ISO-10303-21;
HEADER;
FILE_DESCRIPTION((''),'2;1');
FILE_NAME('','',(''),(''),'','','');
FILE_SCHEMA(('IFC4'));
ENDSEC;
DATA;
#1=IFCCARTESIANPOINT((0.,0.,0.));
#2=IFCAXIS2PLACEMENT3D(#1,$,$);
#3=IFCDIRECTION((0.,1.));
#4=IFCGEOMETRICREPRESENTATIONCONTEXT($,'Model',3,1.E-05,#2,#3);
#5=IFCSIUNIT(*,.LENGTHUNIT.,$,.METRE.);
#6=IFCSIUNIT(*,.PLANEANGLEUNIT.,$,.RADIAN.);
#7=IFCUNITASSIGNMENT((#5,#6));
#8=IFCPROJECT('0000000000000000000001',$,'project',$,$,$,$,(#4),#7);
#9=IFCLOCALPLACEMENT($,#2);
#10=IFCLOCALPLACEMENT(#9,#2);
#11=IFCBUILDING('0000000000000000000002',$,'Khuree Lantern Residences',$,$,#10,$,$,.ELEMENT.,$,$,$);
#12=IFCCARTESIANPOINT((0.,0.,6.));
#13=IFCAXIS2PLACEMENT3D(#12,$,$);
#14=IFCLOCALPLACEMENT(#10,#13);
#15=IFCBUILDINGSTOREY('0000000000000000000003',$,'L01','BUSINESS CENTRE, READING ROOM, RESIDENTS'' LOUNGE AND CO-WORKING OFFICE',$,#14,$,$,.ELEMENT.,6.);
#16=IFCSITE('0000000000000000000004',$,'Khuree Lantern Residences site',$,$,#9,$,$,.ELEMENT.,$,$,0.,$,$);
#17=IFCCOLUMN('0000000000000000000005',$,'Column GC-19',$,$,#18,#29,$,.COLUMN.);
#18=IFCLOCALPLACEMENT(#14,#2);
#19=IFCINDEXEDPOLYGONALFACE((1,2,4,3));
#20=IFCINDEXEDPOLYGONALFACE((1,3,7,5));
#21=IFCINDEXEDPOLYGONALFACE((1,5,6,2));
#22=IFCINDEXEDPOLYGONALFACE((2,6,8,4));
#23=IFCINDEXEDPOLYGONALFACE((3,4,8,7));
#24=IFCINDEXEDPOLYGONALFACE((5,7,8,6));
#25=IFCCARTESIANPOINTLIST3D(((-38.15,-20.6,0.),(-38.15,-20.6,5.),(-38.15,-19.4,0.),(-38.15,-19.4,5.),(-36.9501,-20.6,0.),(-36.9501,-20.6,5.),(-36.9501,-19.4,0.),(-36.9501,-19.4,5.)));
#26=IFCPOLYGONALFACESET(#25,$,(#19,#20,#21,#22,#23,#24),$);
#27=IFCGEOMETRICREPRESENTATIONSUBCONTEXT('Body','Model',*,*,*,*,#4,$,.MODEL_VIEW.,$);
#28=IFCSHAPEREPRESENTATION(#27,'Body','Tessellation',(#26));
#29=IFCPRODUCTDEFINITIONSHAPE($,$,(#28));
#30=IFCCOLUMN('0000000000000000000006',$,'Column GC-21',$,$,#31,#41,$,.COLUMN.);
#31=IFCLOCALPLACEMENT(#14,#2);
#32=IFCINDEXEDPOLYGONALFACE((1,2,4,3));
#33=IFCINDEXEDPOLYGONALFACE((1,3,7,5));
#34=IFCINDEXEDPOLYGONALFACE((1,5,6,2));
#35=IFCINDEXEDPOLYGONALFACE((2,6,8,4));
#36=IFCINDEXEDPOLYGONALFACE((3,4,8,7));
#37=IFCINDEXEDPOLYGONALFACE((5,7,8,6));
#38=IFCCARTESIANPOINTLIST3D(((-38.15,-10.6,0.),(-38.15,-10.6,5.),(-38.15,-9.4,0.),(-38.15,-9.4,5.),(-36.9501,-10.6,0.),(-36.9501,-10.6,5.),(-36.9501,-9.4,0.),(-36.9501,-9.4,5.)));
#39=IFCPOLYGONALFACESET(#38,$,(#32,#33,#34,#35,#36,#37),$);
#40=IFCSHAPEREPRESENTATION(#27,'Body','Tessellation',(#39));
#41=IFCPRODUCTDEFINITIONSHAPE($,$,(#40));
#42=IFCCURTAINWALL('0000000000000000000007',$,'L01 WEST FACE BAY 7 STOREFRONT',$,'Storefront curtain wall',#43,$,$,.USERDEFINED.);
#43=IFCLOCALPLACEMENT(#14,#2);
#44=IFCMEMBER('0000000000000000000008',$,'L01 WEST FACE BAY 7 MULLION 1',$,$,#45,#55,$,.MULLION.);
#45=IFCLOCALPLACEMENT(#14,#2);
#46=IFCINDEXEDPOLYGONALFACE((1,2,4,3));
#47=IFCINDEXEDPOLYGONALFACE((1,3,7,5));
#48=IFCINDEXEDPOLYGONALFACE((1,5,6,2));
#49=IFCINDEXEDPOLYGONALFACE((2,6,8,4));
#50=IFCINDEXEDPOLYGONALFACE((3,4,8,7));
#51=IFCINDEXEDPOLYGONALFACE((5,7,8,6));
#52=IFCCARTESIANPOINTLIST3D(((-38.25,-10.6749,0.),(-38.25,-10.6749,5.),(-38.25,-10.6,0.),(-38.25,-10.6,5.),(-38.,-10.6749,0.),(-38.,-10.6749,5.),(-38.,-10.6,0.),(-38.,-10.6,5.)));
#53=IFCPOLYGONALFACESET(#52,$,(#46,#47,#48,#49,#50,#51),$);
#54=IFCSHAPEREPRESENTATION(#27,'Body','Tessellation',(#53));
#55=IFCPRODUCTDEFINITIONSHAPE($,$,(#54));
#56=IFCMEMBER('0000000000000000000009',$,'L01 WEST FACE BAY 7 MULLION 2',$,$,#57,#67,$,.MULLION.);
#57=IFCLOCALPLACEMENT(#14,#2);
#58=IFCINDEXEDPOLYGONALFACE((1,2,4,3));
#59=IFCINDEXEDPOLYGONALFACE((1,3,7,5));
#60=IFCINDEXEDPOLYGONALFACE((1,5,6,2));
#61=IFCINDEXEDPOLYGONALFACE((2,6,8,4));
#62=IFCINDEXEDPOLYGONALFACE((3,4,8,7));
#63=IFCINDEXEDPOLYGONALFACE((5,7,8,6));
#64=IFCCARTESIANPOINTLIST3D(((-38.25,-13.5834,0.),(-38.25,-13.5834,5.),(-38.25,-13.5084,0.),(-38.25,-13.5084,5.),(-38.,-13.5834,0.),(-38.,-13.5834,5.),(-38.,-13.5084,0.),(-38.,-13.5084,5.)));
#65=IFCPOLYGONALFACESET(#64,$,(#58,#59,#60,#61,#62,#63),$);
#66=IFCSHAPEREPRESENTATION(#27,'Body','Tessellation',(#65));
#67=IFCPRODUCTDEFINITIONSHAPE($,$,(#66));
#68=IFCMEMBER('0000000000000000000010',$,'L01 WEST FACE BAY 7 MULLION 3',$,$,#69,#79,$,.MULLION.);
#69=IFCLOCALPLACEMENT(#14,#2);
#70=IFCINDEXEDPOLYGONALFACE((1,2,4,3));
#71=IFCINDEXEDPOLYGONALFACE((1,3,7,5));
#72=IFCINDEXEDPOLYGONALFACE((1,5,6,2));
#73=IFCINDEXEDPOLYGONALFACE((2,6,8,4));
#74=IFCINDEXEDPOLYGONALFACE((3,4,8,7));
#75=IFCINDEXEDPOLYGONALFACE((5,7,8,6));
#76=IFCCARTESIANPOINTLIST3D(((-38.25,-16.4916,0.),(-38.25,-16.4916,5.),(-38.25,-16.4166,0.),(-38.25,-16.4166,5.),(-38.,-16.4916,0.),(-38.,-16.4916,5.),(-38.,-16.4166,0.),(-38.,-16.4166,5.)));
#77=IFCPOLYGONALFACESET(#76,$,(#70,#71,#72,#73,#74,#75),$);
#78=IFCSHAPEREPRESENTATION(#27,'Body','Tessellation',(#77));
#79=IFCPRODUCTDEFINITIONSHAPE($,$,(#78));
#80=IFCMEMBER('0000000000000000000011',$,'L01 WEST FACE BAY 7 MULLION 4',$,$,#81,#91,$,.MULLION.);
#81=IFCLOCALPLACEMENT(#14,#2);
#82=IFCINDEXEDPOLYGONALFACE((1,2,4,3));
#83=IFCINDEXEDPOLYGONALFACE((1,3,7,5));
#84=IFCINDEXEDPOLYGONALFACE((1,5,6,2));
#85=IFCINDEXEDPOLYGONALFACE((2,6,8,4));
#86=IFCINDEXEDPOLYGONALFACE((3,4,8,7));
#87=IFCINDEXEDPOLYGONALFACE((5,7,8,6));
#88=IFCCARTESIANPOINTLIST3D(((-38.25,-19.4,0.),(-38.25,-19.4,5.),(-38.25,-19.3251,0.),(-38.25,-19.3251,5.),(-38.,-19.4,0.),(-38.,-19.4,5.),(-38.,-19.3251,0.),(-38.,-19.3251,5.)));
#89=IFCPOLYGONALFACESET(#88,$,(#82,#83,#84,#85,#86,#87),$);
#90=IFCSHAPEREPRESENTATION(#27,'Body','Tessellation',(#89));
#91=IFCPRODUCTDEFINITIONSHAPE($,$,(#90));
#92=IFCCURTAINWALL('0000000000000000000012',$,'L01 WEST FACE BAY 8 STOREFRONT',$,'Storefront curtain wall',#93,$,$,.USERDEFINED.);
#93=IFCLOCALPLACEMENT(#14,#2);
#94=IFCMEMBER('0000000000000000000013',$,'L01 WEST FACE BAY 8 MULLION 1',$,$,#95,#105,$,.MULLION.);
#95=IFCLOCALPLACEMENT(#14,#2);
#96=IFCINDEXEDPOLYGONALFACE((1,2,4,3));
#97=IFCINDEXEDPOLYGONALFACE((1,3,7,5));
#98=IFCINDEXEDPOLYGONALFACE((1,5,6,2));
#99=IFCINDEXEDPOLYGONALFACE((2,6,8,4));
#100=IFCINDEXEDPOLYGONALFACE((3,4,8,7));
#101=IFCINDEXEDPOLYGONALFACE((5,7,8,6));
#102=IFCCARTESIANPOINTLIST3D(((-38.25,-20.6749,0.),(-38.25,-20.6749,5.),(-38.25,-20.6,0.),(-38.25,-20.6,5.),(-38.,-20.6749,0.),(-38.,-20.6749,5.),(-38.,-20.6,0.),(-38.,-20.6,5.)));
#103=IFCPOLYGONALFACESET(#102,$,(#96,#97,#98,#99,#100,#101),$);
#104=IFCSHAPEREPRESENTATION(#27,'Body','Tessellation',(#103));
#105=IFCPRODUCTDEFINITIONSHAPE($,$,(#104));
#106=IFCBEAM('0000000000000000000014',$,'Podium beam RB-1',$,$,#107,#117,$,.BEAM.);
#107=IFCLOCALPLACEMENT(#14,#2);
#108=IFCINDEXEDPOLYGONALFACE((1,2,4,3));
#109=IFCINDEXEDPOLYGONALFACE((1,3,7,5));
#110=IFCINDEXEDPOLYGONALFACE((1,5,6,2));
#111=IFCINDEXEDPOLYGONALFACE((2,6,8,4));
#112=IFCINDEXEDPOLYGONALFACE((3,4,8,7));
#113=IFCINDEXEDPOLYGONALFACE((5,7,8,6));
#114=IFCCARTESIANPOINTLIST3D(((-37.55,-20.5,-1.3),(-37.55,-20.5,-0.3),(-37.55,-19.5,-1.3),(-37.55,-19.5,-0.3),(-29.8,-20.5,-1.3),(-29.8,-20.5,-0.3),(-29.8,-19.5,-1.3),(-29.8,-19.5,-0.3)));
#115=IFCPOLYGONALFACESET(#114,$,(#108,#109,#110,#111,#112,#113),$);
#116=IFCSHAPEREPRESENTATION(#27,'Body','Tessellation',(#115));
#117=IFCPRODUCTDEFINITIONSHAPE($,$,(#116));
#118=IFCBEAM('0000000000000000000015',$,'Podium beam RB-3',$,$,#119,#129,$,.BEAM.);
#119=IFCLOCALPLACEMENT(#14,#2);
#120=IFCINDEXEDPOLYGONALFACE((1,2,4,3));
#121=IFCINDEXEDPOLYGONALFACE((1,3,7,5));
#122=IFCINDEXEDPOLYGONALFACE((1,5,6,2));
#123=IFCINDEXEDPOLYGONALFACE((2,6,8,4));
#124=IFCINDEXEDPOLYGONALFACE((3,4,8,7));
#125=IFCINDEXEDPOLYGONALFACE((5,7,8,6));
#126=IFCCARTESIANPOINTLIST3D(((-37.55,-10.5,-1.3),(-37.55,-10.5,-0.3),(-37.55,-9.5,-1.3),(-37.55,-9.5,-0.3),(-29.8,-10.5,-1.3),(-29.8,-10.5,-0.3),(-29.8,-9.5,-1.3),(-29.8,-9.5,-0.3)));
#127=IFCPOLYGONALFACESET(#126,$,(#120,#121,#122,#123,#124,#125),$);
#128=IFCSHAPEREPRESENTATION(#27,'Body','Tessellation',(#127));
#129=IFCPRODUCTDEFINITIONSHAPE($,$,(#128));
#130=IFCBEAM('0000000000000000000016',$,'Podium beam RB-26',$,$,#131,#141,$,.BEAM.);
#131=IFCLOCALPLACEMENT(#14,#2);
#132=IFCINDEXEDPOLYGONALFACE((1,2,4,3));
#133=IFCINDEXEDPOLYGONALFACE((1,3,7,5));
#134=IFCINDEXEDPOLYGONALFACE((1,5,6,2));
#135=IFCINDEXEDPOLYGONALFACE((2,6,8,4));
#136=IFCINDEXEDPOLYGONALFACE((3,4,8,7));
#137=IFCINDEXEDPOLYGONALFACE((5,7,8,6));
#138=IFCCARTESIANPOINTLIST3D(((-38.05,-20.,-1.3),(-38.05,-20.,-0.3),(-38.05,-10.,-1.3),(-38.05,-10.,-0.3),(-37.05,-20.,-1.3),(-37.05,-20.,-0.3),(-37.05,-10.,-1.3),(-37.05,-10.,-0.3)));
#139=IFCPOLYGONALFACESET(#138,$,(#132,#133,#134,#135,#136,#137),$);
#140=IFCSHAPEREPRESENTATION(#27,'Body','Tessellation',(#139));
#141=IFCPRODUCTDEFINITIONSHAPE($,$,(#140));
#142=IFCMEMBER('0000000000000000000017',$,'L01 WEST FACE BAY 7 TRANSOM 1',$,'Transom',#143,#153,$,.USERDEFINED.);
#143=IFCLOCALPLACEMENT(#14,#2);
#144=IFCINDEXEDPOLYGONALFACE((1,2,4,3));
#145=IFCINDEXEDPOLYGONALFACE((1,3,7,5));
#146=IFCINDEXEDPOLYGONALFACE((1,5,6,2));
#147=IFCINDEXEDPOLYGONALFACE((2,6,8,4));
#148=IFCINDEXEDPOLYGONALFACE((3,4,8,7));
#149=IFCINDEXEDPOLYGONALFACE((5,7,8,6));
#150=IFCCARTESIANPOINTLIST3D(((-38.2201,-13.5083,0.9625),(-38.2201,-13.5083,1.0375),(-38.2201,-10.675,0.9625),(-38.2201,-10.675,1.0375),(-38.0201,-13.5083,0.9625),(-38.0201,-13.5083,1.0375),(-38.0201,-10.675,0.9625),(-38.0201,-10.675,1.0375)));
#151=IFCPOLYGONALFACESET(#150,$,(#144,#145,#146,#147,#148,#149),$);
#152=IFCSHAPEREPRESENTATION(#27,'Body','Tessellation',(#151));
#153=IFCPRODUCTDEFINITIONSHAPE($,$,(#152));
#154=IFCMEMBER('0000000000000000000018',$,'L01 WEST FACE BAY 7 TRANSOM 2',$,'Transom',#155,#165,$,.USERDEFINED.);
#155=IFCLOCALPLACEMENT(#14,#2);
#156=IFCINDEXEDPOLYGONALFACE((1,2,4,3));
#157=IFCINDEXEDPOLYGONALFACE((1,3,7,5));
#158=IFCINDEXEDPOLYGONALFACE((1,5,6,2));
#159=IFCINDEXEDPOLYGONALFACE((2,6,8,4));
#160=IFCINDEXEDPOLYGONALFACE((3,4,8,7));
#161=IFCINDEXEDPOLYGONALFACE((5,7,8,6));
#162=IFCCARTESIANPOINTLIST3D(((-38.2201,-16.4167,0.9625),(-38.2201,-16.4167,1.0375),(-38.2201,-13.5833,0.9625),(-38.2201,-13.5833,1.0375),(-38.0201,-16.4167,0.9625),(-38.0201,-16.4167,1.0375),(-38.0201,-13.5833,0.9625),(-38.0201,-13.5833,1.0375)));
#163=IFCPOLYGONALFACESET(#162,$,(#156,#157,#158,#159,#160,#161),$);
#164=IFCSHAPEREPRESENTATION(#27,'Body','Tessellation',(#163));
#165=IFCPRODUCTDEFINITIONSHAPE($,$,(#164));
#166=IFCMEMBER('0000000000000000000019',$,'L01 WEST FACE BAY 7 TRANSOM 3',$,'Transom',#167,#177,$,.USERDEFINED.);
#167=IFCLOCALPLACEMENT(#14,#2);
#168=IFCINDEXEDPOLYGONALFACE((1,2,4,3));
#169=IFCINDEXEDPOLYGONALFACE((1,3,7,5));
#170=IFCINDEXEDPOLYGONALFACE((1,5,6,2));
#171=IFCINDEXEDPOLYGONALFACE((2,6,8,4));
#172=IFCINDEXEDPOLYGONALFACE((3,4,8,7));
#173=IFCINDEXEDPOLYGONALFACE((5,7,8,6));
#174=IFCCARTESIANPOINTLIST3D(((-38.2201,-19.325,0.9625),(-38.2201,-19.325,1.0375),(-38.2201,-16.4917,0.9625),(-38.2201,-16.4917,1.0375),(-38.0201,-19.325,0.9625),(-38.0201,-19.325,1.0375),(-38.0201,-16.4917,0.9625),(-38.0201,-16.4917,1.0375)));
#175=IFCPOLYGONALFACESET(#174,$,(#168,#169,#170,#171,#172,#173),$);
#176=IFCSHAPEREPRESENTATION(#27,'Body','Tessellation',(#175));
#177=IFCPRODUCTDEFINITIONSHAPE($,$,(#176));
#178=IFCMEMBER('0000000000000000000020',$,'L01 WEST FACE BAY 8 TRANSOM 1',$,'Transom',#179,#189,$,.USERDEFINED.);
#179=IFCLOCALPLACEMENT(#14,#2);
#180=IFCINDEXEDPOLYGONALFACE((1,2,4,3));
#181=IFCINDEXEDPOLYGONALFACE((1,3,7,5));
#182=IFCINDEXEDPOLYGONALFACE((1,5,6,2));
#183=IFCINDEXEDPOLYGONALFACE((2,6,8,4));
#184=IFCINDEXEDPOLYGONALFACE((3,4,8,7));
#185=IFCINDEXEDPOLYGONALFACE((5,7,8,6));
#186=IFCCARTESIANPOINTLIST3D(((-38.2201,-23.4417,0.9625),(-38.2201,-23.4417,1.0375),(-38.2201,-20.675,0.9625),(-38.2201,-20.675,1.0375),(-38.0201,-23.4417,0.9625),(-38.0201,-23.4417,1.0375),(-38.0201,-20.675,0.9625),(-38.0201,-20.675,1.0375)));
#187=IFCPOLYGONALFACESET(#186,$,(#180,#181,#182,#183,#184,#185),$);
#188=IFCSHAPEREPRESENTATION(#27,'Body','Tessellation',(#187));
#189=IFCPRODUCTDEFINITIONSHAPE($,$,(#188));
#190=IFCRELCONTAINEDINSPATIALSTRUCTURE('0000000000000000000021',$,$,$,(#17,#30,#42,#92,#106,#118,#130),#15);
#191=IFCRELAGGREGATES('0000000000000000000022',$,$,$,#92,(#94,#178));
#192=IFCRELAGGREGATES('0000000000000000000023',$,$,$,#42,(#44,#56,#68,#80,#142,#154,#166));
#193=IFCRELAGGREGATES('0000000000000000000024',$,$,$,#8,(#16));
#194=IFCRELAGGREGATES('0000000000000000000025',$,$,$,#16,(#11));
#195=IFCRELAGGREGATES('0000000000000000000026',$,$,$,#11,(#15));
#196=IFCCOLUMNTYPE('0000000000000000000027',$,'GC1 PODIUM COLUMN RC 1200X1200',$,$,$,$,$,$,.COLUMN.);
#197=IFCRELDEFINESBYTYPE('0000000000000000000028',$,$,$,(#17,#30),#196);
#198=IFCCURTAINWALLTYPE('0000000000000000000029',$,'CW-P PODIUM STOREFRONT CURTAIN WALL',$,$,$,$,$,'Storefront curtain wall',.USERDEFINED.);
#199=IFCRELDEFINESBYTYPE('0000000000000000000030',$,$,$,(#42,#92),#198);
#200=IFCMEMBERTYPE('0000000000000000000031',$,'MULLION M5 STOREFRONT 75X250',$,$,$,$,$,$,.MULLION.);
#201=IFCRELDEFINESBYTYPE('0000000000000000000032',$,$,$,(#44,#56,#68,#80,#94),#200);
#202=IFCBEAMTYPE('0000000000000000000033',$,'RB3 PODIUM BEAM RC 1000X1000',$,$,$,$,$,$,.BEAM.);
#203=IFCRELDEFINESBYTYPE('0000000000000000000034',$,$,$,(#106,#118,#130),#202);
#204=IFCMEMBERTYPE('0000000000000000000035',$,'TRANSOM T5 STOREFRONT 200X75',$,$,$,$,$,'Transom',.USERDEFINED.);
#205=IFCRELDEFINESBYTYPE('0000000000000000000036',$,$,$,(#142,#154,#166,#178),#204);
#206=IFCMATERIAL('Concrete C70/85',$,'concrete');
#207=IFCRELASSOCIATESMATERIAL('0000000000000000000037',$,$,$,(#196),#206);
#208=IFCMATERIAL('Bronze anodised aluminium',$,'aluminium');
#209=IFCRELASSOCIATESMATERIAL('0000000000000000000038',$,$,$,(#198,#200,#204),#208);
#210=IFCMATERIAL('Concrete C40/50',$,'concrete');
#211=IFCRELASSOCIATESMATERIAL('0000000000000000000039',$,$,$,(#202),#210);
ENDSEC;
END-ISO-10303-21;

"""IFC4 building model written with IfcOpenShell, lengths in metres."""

from ifc_helpers import new_model, si_unit, direction, frame, origin, origin_2d, place, context, subcontext, project, spatial, rectangle, extrude, material, material_profile, profile_set, type_object, element, aggregate, save


model = new_model("IFC4")

# Units and contexts
model_context = context("Model", 3, precision=1e-05, world=origin(), true_north=direction((0.0, 1.0)))
body_context = subcontext(model_context, "Body", "Model", "MODEL_VIEW")
ifc_project = project(units=[si_unit("LENGTHUNIT", "METRE"), si_unit("PLANEANGLEUNIT", "RADIAN")], contexts=[model_context])

# Site, building, storey
site_placement = place(None, origin())
site = spatial("IfcSite", under=ifc_project, at=site_placement, Name="Khuree Lantern Residences site", CompositionType="ELEMENT", RefElevation=0.0)
building_placement = place(site_placement, origin())
building = spatial("IfcBuilding", under=site, at=building_placement, Name="Khuree Lantern Residences", CompositionType="ELEMENT")
storey_placement = place(building_placement, frame((0.0, 0.0, 6.0)))
storey = spatial("IfcBuildingStorey", under=building, at=storey_placement, Name="L01", Description="BUSINESS CENTRE, READING ROOM, RESIDENTS' LOUNGE AND CO-WORKING OFFICE", CompositionType="ELEMENT", Elevation=6.0)

# Columns
ifc_material_1 = material(Name="Concrete C70/85", Category="concrete")
ifc_material_profile_1 = material_profile(ifc_material_1, rectangle(XDim=1.2, YDim=1.2, at=origin_2d()), Name="RC 1200X1200")
ifc_profile_set_1 = profile_set([ifc_material_profile_1], Name="Concrete C70/85")
column_type = type_object("IfcColumnType", Name="GC1 PODIUM COLUMN RC 1200X1200", PredefinedType="COLUMN", material=ifc_profile_set_1)
for number, where, z_axis, x_axis, name in (
    (1, (-37.55, -20.0, 0.0), (0.0, 0.0, 1.0), (1.0, 0.0, 0.0), "Column GC-19"),
    (2, (-37.55, -10.0, 0.0), (0.0, 0.0, 1.0), (1.0, 0.0, 0.0), "Column GC-21"),
):
    element("IfcColumn", number, at=place(storey_placement, frame(where, z_axis=z_axis, x_axis=x_axis)), inside=storey, type_object=column_type, Name=name, PredefinedType="COLUMN", context=body_context, shape_type="SweptSolid", body=[
        extrude(rectangle(XDim=1.2, YDim=1.2, at=origin_2d()), origin(), (0.0, 0.0, 1.0), 5.0),
    ])

# Curtain wall, members
ifc_material_2 = material(Name="Bronze anodised aluminium", Category="aluminium")
curtain_wall_type = type_object("IfcCurtainWallType", Name="CW-P PODIUM STOREFRONT CURTAIN WALL", ElementType="Storefront curtain wall", PredefinedType="USERDEFINED", material=ifc_material_2)
curtain_wall_1_placement = place(storey_placement, origin())
curtain_wall_1 = element("IfcCurtainWall", 3, at=curtain_wall_1_placement, inside=storey, type_object=curtain_wall_type, Name="L01 WEST FACE BAY 7 STOREFRONT", ObjectType="Storefront curtain wall", PredefinedType="USERDEFINED")
ifc_material_profile_2 = material_profile(ifc_material_2, rectangle(XDim=0.075, YDim=0.25, at=origin_2d()), Name="M5 75X250")
ifc_profile_set_2 = profile_set([ifc_material_profile_2], Name="Bronze anodised aluminium")
member_type_1 = type_object("IfcMemberType", Name="MULLION M5 STOREFRONT 75X250", PredefinedType="MULLION", material=ifc_profile_set_2)
member_1_placement = place(storey_placement, frame((-38.125, -10.6375, 0.0), z_axis=(0.0, 0.0, 1.0), x_axis=(0.0, -1.0, 0.0)))
member_1 = element("IfcMember", 4, at=member_1_placement, type_object=member_type_1, Name="L01 WEST FACE BAY 7 MULLION 1", PredefinedType="MULLION", context=body_context, shape_type="SweptSolid", body=[
    extrude(rectangle(XDim=0.075, YDim=0.25, at=origin_2d()), origin(), (0.0, 0.0, 1.0), 5.0),
])
member_2_placement = place(storey_placement, frame((-38.125, -13.5459, 0.0), z_axis=(0.0, 0.0, 1.0), x_axis=(0.0, -1.0, 0.0)))
member_2 = element("IfcMember", 5, at=member_2_placement, type_object=member_type_1, Name="L01 WEST FACE BAY 7 MULLION 2", PredefinedType="MULLION", context=body_context, shape_type="SweptSolid", body=[
    extrude(rectangle(XDim=0.075, YDim=0.25, at=origin_2d()), origin(), (0.0, 0.0, 1.0), 5.0),
])
member_3_placement = place(storey_placement, frame((-38.125, -16.4541, 0.0), z_axis=(0.0, 0.0, 1.0), x_axis=(0.0, -1.0, 0.0)))
member_3 = element("IfcMember", 6, at=member_3_placement, type_object=member_type_1, Name="L01 WEST FACE BAY 7 MULLION 3", PredefinedType="MULLION", context=body_context, shape_type="SweptSolid", body=[
    extrude(rectangle(XDim=0.075, YDim=0.25, at=origin_2d()), origin(), (0.0, 0.0, 1.0), 5.0),
])
member_4_placement = place(storey_placement, frame((-38.125, -19.3625, 0.0), z_axis=(0.0, 0.0, 1.0), x_axis=(0.0, -1.0, 0.0)))
member_4 = element("IfcMember", 7, at=member_4_placement, type_object=member_type_1, Name="L01 WEST FACE BAY 7 MULLION 4", PredefinedType="MULLION", context=body_context, shape_type="SweptSolid", body=[
    extrude(rectangle(XDim=0.075, YDim=0.25, at=origin_2d()), origin(), (0.0, 0.0, 1.0), 5.0),
])

# Curtain wall, member
curtain_wall_2_placement = place(storey_placement, origin())
curtain_wall_2 = element("IfcCurtainWall", 8, at=curtain_wall_2_placement, inside=storey, type_object=curtain_wall_type, Name="L01 WEST FACE BAY 8 STOREFRONT", ObjectType="Storefront curtain wall", PredefinedType="USERDEFINED")
member_5_placement = place(storey_placement, frame((-38.125, -20.6375, 0.0), z_axis=(0.0, 0.0, 1.0), x_axis=(0.0, -1.0, 0.0)))
member_5 = element("IfcMember", 9, at=member_5_placement, type_object=member_type_1, Name="L01 WEST FACE BAY 8 MULLION 1", PredefinedType="MULLION", context=body_context, shape_type="SweptSolid", body=[
    extrude(rectangle(XDim=0.075, YDim=0.25, at=origin_2d()), origin(), (0.0, 0.0, 1.0), 5.0),
])

# Beams
ifc_material_3 = material(Name="Concrete C40/50", Category="concrete")
ifc_material_profile_3 = material_profile(ifc_material_3, rectangle(XDim=1.0, YDim=1.0, at=origin_2d()), Name="RC 1000X1000")
ifc_profile_set_3 = profile_set([ifc_material_profile_3], Name="Concrete C40/50")
beam_type = type_object("IfcBeamType", Name="RB3 PODIUM BEAM RC 1000X1000", PredefinedType="BEAM", material=ifc_profile_set_3)
for number, where, z_axis, x_axis, name in (
    (10, (-37.55, -20.0, -0.8), (1.0, 0.0, 0.0), (0.0, 1.0, 0.0), "Podium beam RB-1"),
    (11, (-37.55, -10.0, -0.8), (1.0, 0.0, 0.0), (0.0, 1.0, 0.0), "Podium beam RB-3"),
):
    element("IfcBeam", number, at=place(storey_placement, frame(where, z_axis=z_axis, x_axis=x_axis)), inside=storey, type_object=beam_type, Name=name, PredefinedType="BEAM", context=body_context, shape_type="SweptSolid", body=[
        extrude(rectangle(XDim=1.0, YDim=1.0, at=origin_2d()), origin(), (0.0, 0.0, 1.0), 7.75),
    ])
beam_placement = place(storey_placement, frame((-37.55, -20.0, -0.8), z_axis=(0.0, 1.0, 0.0), x_axis=(-1.0, 0.0, 0.0)))
element("IfcBeam", 12, at=beam_placement, inside=storey, type_object=beam_type, Name="Podium beam RB-26", PredefinedType="BEAM", context=body_context, shape_type="SweptSolid", body=[
    extrude(rectangle(XDim=1.0, YDim=1.0, at=origin_2d()), origin(), (0.0, 0.0, 1.0), 10.0),
])

# Members
ifc_material_profile_4 = material_profile(ifc_material_2, rectangle(XDim=0.2, YDim=0.075, at=origin_2d()), Name="T5 200X75")
ifc_profile_set_4 = profile_set([ifc_material_profile_4], Name="Bronze anodised aluminium")
member_type_2 = type_object("IfcMemberType", Name="TRANSOM T5 STOREFRONT 200X75", ElementType="Transom", PredefinedType="USERDEFINED", material=ifc_profile_set_4)
member_6_placement = place(storey_placement, frame((-38.1201, -10.675, 1.0), z_axis=(0.0, -1.0, 0.0), x_axis=(1.0, 0.0, 0.0)))
member_6 = element("IfcMember", 13, at=member_6_placement, type_object=member_type_2, Name="L01 WEST FACE BAY 7 TRANSOM 1", ObjectType="Transom", PredefinedType="USERDEFINED", context=body_context, shape_type="SweptSolid", body=[
    extrude(rectangle(XDim=0.2, YDim=0.075, at=origin_2d()), origin(), (0.0, 0.0, 1.0), 2.8333),
])
member_7_placement = place(storey_placement, frame((-38.1201, -13.5833, 1.0), z_axis=(0.0, -1.0, 0.0), x_axis=(1.0, 0.0, 0.0)))
member_7 = element("IfcMember", 14, at=member_7_placement, type_object=member_type_2, Name="L01 WEST FACE BAY 7 TRANSOM 2", ObjectType="Transom", PredefinedType="USERDEFINED", context=body_context, shape_type="SweptSolid", body=[
    extrude(rectangle(XDim=0.2, YDim=0.075, at=origin_2d()), origin(), (0.0, 0.0, 1.0), 2.8335),
])
member_8_placement = place(storey_placement, frame((-38.1201, -16.4917, 1.0), z_axis=(0.0, -1.0, 0.0), x_axis=(1.0, 0.0, 0.0)))
member_8 = element("IfcMember", 15, at=member_8_placement, type_object=member_type_2, Name="L01 WEST FACE BAY 7 TRANSOM 3", ObjectType="Transom", PredefinedType="USERDEFINED", context=body_context, shape_type="SweptSolid", body=[
    extrude(rectangle(XDim=0.2, YDim=0.075, at=origin_2d()), origin(), (0.0, 0.0, 1.0), 2.8333),
])
member_9_placement = place(storey_placement, frame((-38.1201, -20.675, 1.0), z_axis=(0.0, -1.0, 0.0), x_axis=(1.0, 0.0, 0.0)))
member_9 = element("IfcMember", 16, at=member_9_placement, type_object=member_type_2, Name="L01 WEST FACE BAY 8 TRANSOM 1", ObjectType="Transom", PredefinedType="USERDEFINED", context=body_context, shape_type="SweptSolid", body=[
    extrude(rectangle(XDim=0.2, YDim=0.075, at=origin_2d()), origin(), (0.0, 0.0, 1.0), 2.7666),
])

aggregate(curtain_wall_2, [member_5, member_9])
aggregate(curtain_wall_1, [member_1, member_2, member_3, member_4, member_6, member_7, member_8])

save(model, "model.ifc")
